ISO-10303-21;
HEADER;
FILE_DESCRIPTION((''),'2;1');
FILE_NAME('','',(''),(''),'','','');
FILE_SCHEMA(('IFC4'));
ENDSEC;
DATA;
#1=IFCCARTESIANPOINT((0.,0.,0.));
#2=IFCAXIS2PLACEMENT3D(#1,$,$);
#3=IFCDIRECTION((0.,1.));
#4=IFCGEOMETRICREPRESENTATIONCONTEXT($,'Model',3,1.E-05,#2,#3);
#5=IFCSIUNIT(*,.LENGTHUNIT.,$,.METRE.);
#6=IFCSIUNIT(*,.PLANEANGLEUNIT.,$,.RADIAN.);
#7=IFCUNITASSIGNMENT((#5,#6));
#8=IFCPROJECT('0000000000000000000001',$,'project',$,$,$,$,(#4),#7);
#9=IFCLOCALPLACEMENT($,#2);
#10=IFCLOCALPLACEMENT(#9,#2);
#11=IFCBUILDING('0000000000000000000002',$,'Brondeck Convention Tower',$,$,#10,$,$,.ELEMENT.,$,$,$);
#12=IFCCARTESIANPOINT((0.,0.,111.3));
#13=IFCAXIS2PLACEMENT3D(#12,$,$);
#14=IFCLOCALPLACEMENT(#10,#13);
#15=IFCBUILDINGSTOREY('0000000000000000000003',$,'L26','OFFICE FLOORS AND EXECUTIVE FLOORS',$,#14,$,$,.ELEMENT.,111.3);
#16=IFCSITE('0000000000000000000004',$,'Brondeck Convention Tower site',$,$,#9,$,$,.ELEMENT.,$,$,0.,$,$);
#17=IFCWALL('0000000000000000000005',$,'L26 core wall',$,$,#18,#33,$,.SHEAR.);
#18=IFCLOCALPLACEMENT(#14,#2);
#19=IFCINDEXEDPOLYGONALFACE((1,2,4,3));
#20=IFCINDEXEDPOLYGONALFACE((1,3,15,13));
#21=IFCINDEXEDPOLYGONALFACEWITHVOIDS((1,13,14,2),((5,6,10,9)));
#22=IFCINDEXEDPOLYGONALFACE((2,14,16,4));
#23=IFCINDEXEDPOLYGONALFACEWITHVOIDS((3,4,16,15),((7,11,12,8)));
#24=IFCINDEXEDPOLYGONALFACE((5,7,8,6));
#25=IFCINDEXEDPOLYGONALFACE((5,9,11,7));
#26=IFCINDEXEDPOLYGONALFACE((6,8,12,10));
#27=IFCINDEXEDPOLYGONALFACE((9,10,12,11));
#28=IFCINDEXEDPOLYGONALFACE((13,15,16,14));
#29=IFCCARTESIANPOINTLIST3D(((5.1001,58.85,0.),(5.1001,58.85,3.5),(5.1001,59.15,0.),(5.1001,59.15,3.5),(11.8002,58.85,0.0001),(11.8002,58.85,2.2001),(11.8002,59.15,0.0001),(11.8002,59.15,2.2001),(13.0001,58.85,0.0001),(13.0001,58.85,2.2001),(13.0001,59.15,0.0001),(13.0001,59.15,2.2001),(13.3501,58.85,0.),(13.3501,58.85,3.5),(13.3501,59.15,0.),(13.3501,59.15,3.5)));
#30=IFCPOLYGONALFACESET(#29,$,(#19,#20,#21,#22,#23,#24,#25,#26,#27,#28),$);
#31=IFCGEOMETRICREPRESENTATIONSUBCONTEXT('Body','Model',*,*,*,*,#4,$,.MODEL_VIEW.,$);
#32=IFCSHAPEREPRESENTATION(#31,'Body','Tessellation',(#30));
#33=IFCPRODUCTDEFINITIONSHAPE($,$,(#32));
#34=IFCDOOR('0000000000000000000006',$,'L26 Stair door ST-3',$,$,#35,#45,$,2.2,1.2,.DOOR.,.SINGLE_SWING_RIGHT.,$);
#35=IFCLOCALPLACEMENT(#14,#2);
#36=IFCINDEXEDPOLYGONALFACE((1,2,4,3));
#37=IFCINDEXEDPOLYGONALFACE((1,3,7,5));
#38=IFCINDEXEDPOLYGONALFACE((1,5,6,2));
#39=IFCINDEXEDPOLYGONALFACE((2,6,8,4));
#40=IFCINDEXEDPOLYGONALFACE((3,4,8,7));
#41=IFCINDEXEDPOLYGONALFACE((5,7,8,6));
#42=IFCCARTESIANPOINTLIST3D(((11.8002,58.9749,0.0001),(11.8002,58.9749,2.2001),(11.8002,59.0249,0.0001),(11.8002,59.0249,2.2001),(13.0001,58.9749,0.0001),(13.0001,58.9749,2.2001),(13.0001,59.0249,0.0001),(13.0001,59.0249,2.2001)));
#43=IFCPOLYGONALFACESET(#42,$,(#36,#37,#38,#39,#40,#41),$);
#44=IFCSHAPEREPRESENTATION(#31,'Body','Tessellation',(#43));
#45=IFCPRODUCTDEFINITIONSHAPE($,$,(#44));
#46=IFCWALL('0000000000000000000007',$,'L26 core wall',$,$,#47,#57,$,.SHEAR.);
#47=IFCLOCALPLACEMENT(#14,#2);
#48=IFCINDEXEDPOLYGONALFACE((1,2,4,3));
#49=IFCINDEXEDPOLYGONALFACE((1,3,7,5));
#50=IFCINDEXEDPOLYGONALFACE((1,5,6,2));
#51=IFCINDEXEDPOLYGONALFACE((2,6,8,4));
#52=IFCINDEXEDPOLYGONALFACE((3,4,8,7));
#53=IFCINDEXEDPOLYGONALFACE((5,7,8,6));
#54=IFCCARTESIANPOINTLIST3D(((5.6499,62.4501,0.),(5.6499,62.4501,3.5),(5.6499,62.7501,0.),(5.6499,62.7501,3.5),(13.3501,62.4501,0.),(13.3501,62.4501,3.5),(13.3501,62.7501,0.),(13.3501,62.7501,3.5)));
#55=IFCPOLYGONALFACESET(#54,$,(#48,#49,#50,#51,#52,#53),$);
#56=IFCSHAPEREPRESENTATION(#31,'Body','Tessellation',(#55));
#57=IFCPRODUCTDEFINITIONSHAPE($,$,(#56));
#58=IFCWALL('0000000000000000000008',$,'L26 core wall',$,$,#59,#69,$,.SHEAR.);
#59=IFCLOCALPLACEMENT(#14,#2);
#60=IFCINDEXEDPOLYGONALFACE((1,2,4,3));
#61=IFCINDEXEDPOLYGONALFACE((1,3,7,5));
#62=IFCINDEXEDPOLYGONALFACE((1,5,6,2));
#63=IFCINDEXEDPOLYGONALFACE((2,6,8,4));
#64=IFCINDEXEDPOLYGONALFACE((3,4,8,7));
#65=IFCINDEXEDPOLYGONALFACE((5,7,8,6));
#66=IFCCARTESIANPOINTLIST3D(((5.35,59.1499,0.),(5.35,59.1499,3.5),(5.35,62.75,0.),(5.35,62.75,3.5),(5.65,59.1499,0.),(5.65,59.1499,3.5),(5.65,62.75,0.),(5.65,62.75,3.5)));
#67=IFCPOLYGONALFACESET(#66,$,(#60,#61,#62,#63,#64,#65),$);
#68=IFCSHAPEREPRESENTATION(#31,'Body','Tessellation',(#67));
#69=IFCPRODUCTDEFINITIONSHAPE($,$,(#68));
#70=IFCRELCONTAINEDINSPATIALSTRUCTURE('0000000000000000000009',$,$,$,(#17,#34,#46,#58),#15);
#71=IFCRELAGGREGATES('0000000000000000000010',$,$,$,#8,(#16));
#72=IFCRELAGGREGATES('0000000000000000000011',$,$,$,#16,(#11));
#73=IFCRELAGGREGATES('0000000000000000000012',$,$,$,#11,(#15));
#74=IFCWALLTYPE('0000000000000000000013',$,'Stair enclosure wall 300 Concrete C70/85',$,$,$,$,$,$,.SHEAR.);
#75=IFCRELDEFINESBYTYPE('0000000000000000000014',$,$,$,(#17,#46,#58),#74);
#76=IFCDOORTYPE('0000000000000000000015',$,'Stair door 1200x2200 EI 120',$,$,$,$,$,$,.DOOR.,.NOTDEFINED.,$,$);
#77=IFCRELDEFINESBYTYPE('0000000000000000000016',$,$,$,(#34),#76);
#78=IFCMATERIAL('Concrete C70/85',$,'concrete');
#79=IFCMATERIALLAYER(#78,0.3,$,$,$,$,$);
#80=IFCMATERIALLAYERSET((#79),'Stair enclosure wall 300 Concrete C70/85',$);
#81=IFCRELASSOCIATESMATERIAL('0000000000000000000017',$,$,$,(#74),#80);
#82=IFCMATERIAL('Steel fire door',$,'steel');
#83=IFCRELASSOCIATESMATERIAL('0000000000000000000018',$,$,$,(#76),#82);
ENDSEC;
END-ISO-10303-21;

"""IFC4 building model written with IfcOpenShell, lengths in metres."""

from ifc_helpers import new_model, si_unit, direction, frame, frame_2d, origin, place, context, subcontext, project, spatial, rectangle, extrude, material, layer, layer_set, type_object, element, fill, save


model = new_model("IFC4")

# Units and contexts
model_context = context("Model", 3, precision=1e-05, world=origin(), true_north=direction((0.0, 1.0)))
body_context = subcontext(model_context, "Body", "Model", "MODEL_VIEW")
ifc_project = project(units=[si_unit("LENGTHUNIT", "METRE"), si_unit("PLANEANGLEUNIT", "RADIAN")], contexts=[model_context])

# Site, building, storey
site_placement = place(None, origin())
site = spatial("IfcSite", under=ifc_project, at=site_placement, Name="Brondeck Convention Tower site", CompositionType="ELEMENT", RefElevation=0.0)
building_placement = place(site_placement, origin())
building = spatial("IfcBuilding", under=site, at=building_placement, Name="Brondeck Convention Tower", CompositionType="ELEMENT")
storey_placement = place(building_placement, frame((0.0, 0.0, 111.3)))
storey = spatial("IfcBuildingStorey", under=building, at=storey_placement, Name="L26", Description="OFFICE FLOORS AND EXECUTIVE FLOORS", CompositionType="ELEMENT", Elevation=111.3)

# Shared definitions
ifc_material_1 = material(Name="Concrete C70/85", Category="concrete")

# Shared definitions
ifc_material_2 = material(Name="Steel fire door", Category="steel")

# Wall, opening, door
ifc_layer_1 = layer(ifc_material_1, 0.3)
ifc_layer_set_1 = layer_set([ifc_layer_1], Name="Stair enclosure wall 300 Concrete C70/85")
wall_type_1 = type_object("IfcWallType", Name="Stair enclosure wall 300 Concrete C70/85", PredefinedType="SHEAR", material=ifc_layer_set_1)
wall_1_placement = place(storey_placement, frame((5.1001, 59.0, 0.0), z_axis=(0.0, 0.0, 1.0), x_axis=(1.0, 0.0, 0.0)))
wall_1 = element("IfcWall", 1, at=wall_1_placement, inside=storey, type_object=wall_type_1, Name="L26 core wall", PredefinedType="SHEAR", context=body_context, shape_type="SweptSolid", body=[
    extrude(rectangle(XDim=8.25, YDim=0.3, at=frame_2d((4.125, 0.0))), origin(), (0.0, 0.0, 1.0), 3.5),
])
opening_1_placement = place(wall_1_placement, frame((6.7, 0.0, 0.0)))
opening_1 = element("IfcOpeningElement", 2, at=opening_1_placement, cuts=wall_1, PredefinedType="OPENING", context=body_context, shape_type="SweptSolid", body=[
    extrude(rectangle(XDim=1.2, YDim=2.2, at=frame_2d((0.6001, 1.1001))), frame((0.0, 0.1599, 0.0), z_axis=(0.0, -1.0, 0.0), x_axis=(1.0, 0.0, 0.0)), (0.0, 0.0, 1.0), 0.3201),
])
door_type_1 = type_object("IfcDoorType", Name="Stair door 1200x2200 EI 120", OperationType="NOTDEFINED", PredefinedType="DOOR", material=ifc_material_2)
door_1_placement = place(opening_1_placement, origin())
door_1 = element("IfcDoor", 3, at=door_1_placement, inside=storey, type_object=door_type_1, Name="L26 Stair door ST-3", OperationType="SINGLE_SWING_RIGHT", OverallHeight=2.2, OverallWidth=1.2, PredefinedType="DOOR", context=body_context, shape_type="SweptSolid", body=[
    extrude(rectangle(XDim=1.2, YDim=2.2, at=frame_2d((0.6001, 1.1001))), frame((0.0, 0.0249, 0.0), z_axis=(0.0, -1.0, 0.0), x_axis=(1.0, 0.0, 0.0)), (0.0, 0.0, 1.0), 0.05),
])
fill(opening_1, door_1)

# Walls
wall_2_placement = place(storey_placement, frame((5.6499, 62.6001, 0.0), z_axis=(0.0, 0.0, 1.0), x_axis=(1.0, 0.0, 0.0)))
element("IfcWall", 4, at=wall_2_placement, inside=storey, type_object=wall_type_1, Name="L26 core wall", PredefinedType="SHEAR", context=body_context, shape_type="SweptSolid", body=[
    extrude(rectangle(XDim=7.7002, YDim=0.3, at=frame_2d((3.8501, 0.0))), origin(), (0.0, 0.0, 1.0), 3.5),
])
wall_3_placement = place(storey_placement, frame((5.5, 59.1499, 0.0), z_axis=(0.0, 0.0, 1.0), x_axis=(0.0, 1.0, 0.0)))
element("IfcWall", 5, at=wall_3_placement, inside=storey, type_object=wall_type_1, Name="L26 core wall", PredefinedType="SHEAR", context=body_context, shape_type="SweptSolid", body=[
    extrude(rectangle(XDim=3.6001, YDim=0.3, at=frame_2d((1.8, 0.0))), origin(), (0.0, 0.0, 1.0), 3.5),
])

save(model, "model.ifc")
